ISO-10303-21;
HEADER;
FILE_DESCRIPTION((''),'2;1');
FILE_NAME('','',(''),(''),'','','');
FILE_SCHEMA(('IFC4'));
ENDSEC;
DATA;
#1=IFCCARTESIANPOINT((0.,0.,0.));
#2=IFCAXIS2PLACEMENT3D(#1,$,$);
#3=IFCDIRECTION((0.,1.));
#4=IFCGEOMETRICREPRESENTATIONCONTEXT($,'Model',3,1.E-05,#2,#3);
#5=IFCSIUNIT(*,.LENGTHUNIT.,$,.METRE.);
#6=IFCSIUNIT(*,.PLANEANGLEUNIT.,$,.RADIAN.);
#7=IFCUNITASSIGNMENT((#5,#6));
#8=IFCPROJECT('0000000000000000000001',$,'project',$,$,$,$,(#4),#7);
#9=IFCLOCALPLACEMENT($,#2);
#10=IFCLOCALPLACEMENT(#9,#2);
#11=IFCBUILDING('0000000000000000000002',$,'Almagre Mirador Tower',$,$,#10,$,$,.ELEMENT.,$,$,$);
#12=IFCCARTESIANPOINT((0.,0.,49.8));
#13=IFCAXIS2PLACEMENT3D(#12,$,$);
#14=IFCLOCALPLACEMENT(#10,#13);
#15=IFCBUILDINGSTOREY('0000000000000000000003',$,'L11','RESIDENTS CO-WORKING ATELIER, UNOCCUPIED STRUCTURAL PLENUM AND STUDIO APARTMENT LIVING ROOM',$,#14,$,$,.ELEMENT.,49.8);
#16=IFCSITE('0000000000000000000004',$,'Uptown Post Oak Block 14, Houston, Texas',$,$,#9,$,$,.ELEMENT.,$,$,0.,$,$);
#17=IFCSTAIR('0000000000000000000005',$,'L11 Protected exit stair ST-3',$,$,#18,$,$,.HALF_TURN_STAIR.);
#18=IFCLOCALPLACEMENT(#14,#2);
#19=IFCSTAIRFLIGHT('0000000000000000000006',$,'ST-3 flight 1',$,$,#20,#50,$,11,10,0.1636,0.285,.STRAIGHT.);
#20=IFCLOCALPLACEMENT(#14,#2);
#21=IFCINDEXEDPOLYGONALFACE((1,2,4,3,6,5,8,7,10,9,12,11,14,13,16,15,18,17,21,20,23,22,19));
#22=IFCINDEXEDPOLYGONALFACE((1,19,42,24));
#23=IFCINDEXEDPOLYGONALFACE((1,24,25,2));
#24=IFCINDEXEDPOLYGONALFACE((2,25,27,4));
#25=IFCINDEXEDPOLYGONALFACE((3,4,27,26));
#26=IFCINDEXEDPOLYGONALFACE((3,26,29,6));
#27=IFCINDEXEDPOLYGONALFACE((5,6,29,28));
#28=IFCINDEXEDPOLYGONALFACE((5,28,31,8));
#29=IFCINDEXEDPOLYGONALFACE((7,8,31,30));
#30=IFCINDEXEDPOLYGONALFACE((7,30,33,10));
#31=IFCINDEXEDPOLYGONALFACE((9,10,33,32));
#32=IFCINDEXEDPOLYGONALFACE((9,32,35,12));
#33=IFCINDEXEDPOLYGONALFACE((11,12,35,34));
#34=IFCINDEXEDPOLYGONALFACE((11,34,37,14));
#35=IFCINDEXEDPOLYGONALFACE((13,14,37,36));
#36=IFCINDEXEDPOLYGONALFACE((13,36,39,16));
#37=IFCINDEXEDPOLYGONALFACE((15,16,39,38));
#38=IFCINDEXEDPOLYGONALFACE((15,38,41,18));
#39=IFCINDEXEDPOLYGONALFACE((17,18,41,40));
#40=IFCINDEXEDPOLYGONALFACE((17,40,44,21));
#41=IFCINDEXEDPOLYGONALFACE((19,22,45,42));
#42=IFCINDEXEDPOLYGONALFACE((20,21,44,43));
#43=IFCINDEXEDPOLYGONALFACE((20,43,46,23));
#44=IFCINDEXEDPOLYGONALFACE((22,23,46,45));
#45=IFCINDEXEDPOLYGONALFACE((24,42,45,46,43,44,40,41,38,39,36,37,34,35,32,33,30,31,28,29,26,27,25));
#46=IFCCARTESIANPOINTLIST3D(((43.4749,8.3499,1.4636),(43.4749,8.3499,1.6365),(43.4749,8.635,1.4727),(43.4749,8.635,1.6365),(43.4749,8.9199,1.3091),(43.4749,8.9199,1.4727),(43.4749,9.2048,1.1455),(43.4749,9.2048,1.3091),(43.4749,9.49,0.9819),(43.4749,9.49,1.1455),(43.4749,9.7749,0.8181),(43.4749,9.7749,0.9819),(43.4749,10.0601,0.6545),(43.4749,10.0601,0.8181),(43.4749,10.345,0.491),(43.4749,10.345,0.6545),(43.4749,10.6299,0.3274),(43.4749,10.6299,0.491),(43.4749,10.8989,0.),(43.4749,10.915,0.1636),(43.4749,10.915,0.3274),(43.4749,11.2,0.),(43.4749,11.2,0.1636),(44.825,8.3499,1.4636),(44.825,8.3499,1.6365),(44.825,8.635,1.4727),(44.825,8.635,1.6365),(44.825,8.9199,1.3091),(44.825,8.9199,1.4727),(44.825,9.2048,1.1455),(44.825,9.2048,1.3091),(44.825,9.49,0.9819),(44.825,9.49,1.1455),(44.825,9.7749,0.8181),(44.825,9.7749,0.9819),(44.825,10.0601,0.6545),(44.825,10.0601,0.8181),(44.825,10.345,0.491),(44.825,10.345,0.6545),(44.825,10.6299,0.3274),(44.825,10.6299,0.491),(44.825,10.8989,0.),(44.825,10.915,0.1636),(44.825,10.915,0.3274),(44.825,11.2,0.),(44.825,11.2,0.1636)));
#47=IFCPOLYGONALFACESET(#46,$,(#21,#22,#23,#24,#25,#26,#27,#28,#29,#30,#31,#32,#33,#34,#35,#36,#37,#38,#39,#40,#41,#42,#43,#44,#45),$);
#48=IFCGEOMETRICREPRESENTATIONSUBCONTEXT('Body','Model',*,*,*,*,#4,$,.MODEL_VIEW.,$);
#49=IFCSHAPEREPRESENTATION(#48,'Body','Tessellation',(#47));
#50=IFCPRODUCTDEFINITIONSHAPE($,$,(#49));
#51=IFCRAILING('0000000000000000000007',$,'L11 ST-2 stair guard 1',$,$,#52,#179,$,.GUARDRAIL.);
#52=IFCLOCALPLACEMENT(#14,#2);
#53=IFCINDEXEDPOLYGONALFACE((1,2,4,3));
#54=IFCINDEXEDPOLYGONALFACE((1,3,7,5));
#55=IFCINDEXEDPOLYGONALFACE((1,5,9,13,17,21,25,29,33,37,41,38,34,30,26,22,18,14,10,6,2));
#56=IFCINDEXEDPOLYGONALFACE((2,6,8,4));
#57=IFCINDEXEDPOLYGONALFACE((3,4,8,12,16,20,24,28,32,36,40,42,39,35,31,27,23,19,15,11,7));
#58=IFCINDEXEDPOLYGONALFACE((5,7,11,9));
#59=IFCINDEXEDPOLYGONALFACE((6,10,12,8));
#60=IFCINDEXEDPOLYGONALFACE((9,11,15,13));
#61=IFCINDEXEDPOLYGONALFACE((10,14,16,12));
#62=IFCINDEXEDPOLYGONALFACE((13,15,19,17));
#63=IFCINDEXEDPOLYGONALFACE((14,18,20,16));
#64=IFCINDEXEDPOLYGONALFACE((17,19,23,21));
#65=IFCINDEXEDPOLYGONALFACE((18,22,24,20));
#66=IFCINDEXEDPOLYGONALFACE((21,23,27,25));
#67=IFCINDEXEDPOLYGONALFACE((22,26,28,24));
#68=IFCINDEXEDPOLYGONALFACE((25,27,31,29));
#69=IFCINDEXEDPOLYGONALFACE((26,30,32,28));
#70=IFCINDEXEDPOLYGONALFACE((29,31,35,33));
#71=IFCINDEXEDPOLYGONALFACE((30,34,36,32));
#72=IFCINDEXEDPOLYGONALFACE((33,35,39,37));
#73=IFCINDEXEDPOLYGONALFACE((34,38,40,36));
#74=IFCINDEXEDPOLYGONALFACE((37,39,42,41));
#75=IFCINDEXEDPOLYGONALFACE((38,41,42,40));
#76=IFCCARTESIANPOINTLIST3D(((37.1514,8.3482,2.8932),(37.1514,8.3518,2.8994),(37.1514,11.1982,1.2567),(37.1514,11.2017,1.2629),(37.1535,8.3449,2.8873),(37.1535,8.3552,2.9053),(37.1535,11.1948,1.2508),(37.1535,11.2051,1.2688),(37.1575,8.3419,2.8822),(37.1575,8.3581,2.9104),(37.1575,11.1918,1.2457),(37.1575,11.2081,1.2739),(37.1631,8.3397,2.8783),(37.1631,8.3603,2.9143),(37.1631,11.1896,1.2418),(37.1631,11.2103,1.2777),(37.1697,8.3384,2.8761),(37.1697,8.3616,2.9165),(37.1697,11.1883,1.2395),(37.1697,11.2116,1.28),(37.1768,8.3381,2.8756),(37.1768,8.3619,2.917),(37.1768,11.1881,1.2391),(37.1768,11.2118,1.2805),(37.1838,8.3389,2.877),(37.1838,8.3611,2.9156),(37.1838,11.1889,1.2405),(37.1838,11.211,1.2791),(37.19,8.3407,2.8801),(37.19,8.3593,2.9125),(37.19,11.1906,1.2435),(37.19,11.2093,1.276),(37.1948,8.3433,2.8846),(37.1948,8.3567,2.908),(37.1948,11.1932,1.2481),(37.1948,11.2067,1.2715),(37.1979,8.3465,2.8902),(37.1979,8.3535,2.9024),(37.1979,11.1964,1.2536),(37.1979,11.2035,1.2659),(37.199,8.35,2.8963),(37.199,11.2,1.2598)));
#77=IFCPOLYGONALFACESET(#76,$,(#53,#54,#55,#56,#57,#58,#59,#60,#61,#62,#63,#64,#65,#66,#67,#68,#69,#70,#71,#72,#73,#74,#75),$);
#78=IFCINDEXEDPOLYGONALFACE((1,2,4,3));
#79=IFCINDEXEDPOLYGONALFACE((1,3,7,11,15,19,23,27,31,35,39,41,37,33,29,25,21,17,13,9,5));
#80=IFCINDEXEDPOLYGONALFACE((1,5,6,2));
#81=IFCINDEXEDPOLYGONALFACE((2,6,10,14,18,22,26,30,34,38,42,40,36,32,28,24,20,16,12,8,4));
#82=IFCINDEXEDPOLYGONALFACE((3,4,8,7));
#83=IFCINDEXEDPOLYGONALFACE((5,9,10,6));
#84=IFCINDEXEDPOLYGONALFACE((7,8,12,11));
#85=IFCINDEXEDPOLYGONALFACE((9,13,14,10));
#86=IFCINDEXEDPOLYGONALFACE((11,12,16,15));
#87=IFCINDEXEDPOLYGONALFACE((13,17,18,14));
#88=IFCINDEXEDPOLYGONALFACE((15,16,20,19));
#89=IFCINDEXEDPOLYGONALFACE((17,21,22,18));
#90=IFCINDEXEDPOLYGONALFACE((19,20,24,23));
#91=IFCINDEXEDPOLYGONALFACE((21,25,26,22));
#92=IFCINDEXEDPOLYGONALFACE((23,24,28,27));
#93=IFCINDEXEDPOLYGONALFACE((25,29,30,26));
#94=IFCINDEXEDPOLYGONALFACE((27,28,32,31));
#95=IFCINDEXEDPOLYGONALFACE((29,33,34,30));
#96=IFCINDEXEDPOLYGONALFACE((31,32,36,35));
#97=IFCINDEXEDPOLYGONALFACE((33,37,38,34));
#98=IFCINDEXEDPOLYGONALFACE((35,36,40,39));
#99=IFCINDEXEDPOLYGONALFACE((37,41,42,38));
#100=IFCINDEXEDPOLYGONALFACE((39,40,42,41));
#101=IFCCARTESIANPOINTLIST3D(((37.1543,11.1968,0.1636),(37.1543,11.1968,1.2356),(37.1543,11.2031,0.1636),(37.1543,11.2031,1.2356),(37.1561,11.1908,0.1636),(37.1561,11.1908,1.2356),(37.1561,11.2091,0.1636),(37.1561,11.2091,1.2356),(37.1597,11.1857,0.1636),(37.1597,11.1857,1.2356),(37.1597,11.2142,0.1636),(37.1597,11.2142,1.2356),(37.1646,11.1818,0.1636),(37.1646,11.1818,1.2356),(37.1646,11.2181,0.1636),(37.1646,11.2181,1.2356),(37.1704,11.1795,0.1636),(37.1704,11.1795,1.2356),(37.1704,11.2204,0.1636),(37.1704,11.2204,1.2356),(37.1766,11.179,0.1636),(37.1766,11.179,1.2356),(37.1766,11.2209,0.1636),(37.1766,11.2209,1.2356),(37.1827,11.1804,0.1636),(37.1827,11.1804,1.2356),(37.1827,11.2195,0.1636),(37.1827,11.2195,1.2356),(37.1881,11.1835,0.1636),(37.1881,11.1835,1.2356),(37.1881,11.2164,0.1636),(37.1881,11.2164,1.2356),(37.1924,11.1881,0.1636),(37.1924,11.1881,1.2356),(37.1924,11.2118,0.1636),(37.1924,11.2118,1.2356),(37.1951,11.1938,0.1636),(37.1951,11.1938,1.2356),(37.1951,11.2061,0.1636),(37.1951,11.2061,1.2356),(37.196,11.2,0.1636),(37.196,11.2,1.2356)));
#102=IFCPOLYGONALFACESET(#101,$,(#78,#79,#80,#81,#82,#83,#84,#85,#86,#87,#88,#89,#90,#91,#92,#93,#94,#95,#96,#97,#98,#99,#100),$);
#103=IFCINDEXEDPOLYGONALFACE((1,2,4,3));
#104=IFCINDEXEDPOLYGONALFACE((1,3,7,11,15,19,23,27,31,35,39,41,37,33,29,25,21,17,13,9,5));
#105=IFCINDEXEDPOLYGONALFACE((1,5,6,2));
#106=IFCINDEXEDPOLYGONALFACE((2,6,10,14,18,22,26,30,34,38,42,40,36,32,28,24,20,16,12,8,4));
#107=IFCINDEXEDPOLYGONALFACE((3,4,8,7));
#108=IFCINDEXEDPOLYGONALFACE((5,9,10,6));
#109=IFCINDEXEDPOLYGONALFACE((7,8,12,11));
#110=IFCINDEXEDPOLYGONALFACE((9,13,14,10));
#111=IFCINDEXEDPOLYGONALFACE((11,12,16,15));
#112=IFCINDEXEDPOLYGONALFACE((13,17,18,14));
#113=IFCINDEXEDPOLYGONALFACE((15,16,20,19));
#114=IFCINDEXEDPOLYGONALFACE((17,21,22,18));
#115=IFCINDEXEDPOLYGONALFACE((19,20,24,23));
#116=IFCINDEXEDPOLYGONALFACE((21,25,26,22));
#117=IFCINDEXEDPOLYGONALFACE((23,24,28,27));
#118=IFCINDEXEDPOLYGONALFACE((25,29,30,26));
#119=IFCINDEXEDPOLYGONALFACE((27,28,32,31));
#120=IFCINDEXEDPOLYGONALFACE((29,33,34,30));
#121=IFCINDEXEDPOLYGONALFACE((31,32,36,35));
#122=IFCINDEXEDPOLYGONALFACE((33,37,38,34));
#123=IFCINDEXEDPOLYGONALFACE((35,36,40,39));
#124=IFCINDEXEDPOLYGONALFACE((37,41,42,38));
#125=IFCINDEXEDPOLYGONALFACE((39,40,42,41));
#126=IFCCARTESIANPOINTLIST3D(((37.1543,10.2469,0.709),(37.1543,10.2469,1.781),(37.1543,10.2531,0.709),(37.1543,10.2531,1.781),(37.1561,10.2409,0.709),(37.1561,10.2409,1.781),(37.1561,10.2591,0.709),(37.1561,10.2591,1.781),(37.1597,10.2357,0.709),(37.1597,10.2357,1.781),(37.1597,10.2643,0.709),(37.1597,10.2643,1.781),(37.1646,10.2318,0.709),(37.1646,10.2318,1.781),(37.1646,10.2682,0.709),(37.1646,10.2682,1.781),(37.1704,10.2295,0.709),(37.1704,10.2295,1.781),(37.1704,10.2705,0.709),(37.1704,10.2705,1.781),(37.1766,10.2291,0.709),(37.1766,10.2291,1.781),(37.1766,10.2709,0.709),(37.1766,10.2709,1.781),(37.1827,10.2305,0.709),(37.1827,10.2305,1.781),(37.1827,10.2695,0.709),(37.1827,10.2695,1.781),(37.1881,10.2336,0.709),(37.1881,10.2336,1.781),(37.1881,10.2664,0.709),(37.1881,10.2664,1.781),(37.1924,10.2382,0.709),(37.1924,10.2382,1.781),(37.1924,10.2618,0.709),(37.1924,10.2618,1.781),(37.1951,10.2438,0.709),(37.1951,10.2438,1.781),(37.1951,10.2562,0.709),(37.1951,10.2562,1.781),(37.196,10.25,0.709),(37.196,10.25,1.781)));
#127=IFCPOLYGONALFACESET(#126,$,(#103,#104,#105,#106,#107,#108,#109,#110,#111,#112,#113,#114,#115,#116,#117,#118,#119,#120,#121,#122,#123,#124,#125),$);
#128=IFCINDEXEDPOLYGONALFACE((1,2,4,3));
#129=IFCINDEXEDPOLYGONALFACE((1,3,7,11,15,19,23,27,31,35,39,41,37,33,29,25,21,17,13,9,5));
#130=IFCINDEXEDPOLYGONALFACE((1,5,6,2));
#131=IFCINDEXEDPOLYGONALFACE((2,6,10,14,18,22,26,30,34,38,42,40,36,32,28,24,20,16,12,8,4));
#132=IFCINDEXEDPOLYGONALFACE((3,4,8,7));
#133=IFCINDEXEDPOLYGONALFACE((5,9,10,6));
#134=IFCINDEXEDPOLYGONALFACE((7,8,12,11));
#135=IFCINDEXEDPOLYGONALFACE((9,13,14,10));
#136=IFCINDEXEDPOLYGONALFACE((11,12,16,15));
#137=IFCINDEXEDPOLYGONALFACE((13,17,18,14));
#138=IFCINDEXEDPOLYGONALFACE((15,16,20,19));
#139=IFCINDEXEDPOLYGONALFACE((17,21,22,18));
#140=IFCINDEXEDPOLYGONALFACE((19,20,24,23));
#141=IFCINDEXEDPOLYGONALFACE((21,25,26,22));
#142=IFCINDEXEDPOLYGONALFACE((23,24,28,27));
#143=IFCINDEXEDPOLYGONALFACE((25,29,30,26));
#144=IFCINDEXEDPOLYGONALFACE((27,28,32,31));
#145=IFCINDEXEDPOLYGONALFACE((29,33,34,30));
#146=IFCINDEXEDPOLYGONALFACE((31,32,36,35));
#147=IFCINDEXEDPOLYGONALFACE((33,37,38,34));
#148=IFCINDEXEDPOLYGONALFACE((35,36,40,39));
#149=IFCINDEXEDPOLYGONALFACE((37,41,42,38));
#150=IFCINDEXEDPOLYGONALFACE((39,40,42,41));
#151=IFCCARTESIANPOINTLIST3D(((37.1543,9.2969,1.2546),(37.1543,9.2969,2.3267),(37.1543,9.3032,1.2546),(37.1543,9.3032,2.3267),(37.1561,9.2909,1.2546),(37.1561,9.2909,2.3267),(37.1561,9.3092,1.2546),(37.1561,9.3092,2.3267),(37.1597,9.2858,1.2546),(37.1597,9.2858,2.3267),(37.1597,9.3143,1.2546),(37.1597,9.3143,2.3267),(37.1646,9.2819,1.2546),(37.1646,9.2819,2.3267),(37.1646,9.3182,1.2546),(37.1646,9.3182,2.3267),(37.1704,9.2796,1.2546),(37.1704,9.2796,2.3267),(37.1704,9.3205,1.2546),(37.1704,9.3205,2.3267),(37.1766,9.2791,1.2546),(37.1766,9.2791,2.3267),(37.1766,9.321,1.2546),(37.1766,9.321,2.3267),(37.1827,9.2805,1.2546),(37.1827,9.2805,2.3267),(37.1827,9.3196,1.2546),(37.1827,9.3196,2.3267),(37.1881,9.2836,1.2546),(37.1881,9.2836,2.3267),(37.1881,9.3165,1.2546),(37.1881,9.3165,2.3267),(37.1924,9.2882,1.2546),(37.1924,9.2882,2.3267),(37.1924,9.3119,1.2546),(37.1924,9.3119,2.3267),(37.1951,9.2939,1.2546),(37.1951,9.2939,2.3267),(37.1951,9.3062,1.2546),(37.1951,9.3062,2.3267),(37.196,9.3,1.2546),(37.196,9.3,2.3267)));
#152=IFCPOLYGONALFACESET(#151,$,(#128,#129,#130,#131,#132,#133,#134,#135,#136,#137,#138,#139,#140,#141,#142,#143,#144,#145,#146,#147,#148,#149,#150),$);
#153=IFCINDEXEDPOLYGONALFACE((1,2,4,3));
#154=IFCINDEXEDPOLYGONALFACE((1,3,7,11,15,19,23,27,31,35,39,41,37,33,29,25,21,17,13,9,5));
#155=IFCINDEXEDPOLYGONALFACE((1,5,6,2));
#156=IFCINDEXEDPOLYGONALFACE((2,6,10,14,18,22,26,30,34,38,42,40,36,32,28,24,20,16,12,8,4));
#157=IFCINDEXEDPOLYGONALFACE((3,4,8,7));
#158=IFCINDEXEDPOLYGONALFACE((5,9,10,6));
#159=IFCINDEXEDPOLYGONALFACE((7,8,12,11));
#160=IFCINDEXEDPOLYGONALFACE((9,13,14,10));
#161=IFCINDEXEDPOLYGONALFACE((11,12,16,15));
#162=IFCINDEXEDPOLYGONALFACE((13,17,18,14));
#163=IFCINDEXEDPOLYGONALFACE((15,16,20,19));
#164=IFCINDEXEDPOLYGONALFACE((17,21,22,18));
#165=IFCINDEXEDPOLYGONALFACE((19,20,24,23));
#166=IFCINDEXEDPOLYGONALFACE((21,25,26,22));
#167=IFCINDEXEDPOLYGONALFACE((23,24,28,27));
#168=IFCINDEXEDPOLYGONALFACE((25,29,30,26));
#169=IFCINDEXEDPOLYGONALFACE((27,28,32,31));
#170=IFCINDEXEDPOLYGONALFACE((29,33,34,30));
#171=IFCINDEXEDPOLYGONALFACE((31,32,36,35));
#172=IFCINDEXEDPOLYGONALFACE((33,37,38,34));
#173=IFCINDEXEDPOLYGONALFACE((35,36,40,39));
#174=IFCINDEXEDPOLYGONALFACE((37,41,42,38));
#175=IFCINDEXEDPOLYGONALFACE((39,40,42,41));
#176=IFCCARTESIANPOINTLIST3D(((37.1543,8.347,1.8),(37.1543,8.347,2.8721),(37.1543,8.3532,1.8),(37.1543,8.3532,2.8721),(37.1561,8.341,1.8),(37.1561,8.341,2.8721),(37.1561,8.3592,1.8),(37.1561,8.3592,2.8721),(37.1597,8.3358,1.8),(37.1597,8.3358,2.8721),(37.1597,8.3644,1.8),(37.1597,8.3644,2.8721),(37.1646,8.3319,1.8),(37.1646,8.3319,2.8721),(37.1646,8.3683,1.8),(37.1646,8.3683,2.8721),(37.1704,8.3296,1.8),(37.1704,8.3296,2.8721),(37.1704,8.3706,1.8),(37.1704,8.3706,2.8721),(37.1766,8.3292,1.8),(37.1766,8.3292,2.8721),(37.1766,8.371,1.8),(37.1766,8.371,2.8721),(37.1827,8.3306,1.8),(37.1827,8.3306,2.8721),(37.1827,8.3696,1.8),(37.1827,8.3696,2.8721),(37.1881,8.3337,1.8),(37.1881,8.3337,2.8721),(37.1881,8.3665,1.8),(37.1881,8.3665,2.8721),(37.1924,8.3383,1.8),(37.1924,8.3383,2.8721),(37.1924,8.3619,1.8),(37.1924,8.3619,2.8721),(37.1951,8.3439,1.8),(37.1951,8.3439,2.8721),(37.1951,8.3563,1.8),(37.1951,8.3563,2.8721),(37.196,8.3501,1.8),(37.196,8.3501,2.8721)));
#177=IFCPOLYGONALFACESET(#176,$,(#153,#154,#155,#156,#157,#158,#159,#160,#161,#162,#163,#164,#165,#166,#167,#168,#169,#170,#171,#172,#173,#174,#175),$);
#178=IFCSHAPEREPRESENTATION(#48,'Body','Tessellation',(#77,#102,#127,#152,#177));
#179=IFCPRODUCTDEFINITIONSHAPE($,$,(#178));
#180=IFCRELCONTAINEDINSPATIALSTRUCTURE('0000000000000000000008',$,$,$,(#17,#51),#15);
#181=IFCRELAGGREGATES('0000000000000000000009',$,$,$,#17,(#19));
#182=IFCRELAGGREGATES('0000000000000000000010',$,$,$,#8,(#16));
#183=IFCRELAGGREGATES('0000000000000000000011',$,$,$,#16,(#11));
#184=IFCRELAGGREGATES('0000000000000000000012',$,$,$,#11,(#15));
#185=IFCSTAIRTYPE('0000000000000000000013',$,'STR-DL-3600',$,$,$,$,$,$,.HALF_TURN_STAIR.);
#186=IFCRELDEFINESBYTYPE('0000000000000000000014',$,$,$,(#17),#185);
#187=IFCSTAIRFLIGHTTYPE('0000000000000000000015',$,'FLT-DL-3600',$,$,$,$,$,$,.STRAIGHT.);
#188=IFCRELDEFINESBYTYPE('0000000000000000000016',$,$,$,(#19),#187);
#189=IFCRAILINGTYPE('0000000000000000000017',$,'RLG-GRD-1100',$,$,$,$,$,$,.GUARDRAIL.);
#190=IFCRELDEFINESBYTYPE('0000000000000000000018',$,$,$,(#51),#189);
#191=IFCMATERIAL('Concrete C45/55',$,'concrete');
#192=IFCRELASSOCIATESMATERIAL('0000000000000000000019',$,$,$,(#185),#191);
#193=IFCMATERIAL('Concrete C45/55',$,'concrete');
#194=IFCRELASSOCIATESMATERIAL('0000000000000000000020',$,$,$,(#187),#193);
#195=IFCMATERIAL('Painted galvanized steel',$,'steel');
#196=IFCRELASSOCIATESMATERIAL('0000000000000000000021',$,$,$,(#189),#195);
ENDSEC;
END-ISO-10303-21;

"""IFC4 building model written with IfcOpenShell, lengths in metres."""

from ifc_helpers import new_model, si_unit, direction, frame, origin, origin_2d, place, context, subcontext, project, spatial, polyline, circle, outline, extrude, material, type_object, element, aggregate, save


model = new_model("IFC4")

# Units and contexts
model_context = context("Model", 3, precision=1e-05, world=origin(), true_north=direction((0.0, 1.0)))
body_context = subcontext(model_context, "Body", "Model", "MODEL_VIEW")
ifc_project = project(units=[si_unit("LENGTHUNIT", "METRE"), si_unit("PLANEANGLEUNIT", "RADIAN")], contexts=[model_context])

# Site, building, storey
site_placement = place(None, origin())
site = spatial("IfcSite", under=ifc_project, at=site_placement, Name="Uptown Post Oak Block 14, Houston, Texas", CompositionType="ELEMENT", RefElevation=0.0)
building_placement = place(site_placement, origin())
building = spatial("IfcBuilding", under=site, at=building_placement, Name="Almagre Mirador Tower", CompositionType="ELEMENT")
storey_placement = place(building_placement, frame((0.0, 0.0, 49.8)))
storey = spatial("IfcBuildingStorey", under=building, at=storey_placement, Name="L11", Description="RESIDENTS CO-WORKING ATELIER, UNOCCUPIED STRUCTURAL PLENUM AND STUDIO APARTMENT LIVING ROOM", CompositionType="ELEMENT", Elevation=49.8)

# Shared definitions
ifc_material_1 = material(Name="Concrete C45/55", Category="concrete")
stair_type = type_object("IfcStairType", Name="STR-DL-3600", PredefinedType="HALF_TURN_STAIR", material=ifc_material_1)
ifc_material_2 = material(Name="Concrete C45/55", Category="concrete")
stair_flight_type = type_object("IfcStairFlightType", Name="FLT-DL-3600", PredefinedType="STRAIGHT", material=ifc_material_2)

# Stair, stair flight
stair_1_placement = place(storey_placement, origin())
stair_1 = element("IfcStair", 1, at=stair_1_placement, inside=storey, type_object=stair_type, Name="L11 Protected exit stair ST-3", PredefinedType="HALF_TURN_STAIR")
stair_flight_1_placement = place(storey_placement, frame((44.1499, 11.2, 0.0), z_axis=(0.0, 0.0, 1.0), x_axis=(0.0, -1.0, 0.0)))
stair_flight_1 = element("IfcStairFlight", 2, at=stair_flight_1_placement, type_object=stair_flight_type, Name="ST-3 flight 1", NumberOfRisers=11, NumberOfTreads=10, PredefinedType="STRAIGHT", RiserHeight=0.1636, TreadLength=0.285, context=body_context, shape_type="SweptSolid", body=[
    extrude(outline(polyline([(0.0, 0.0), (0.0, 0.1636), (0.2849, 0.1636), (0.2849, 0.3274), (0.5701, 0.3274), (0.5701, 0.491), (0.855, 0.491), (0.855, 0.6545), (1.1399, 0.6545), (1.1399, 0.8181), (1.425, 0.8181), (1.425, 0.9819), (1.71, 0.9819), (1.71, 1.1455), (1.9951, 1.1455), (1.9951, 1.3091), (2.28, 1.3091), (2.28, 1.4727), (2.5649, 1.4727), (2.5649, 1.6365), (2.8501, 1.6365), (2.8501, 1.8), (2.8501, 1.4636), (0.301, 0.0), (0.0, 0.0)])), frame((0.0, 0.675, 0.0), z_axis=(0.0, -1.0, 0.0), x_axis=(1.0, 0.0, 0.0)), (0.0, 0.0, 1.0), 1.3501),
])
aggregate(stair_1, [stair_flight_1])

# Railing
ifc_material_3 = material(Name="Painted galvanized steel", Category="steel")
railing_type_1 = type_object("IfcRailingType", Name="RLG-GRD-1100", PredefinedType="GUARDRAIL", material=ifc_material_3)
railing_1_placement = place(storey_placement, frame((37.175, 11.2, 0.1636)))
element("IfcRailing", 3, at=railing_1_placement, inside=storey, type_object=railing_type_1, Name="L11 ST-2 stair guard 1", PredefinedType="GUARDRAIL", context=body_context, shape_type="SweptSolid", body=[
    extrude(circle(Radius=0.0239, at=origin_2d()), frame((0.0, 0.0, 1.0962), z_axis=(0.0, -0.867194, 0.49797), x_axis=(1.0, 0.0, 0.0)), (0.0, 0.0, 1.0), 3.2864),
    extrude(circle(Radius=0.021, at=origin_2d()), origin(), (0.0, 0.0, 1.0), 1.072),
    extrude(circle(Radius=0.021, at=origin_2d()), frame((0.0, -0.95, 0.5454)), (0.0, 0.0, 1.0), 1.072),
    extrude(circle(Radius=0.021, at=origin_2d()), frame((0.0, -1.8999, 1.0911)), (0.0, 0.0, 1.0), 1.072),
    extrude(circle(Radius=0.021, at=origin_2d()), frame((0.0, -2.8499, 1.6365)), (0.0, 0.0, 1.0), 1.072),
])

save(model, "model.ifc")
